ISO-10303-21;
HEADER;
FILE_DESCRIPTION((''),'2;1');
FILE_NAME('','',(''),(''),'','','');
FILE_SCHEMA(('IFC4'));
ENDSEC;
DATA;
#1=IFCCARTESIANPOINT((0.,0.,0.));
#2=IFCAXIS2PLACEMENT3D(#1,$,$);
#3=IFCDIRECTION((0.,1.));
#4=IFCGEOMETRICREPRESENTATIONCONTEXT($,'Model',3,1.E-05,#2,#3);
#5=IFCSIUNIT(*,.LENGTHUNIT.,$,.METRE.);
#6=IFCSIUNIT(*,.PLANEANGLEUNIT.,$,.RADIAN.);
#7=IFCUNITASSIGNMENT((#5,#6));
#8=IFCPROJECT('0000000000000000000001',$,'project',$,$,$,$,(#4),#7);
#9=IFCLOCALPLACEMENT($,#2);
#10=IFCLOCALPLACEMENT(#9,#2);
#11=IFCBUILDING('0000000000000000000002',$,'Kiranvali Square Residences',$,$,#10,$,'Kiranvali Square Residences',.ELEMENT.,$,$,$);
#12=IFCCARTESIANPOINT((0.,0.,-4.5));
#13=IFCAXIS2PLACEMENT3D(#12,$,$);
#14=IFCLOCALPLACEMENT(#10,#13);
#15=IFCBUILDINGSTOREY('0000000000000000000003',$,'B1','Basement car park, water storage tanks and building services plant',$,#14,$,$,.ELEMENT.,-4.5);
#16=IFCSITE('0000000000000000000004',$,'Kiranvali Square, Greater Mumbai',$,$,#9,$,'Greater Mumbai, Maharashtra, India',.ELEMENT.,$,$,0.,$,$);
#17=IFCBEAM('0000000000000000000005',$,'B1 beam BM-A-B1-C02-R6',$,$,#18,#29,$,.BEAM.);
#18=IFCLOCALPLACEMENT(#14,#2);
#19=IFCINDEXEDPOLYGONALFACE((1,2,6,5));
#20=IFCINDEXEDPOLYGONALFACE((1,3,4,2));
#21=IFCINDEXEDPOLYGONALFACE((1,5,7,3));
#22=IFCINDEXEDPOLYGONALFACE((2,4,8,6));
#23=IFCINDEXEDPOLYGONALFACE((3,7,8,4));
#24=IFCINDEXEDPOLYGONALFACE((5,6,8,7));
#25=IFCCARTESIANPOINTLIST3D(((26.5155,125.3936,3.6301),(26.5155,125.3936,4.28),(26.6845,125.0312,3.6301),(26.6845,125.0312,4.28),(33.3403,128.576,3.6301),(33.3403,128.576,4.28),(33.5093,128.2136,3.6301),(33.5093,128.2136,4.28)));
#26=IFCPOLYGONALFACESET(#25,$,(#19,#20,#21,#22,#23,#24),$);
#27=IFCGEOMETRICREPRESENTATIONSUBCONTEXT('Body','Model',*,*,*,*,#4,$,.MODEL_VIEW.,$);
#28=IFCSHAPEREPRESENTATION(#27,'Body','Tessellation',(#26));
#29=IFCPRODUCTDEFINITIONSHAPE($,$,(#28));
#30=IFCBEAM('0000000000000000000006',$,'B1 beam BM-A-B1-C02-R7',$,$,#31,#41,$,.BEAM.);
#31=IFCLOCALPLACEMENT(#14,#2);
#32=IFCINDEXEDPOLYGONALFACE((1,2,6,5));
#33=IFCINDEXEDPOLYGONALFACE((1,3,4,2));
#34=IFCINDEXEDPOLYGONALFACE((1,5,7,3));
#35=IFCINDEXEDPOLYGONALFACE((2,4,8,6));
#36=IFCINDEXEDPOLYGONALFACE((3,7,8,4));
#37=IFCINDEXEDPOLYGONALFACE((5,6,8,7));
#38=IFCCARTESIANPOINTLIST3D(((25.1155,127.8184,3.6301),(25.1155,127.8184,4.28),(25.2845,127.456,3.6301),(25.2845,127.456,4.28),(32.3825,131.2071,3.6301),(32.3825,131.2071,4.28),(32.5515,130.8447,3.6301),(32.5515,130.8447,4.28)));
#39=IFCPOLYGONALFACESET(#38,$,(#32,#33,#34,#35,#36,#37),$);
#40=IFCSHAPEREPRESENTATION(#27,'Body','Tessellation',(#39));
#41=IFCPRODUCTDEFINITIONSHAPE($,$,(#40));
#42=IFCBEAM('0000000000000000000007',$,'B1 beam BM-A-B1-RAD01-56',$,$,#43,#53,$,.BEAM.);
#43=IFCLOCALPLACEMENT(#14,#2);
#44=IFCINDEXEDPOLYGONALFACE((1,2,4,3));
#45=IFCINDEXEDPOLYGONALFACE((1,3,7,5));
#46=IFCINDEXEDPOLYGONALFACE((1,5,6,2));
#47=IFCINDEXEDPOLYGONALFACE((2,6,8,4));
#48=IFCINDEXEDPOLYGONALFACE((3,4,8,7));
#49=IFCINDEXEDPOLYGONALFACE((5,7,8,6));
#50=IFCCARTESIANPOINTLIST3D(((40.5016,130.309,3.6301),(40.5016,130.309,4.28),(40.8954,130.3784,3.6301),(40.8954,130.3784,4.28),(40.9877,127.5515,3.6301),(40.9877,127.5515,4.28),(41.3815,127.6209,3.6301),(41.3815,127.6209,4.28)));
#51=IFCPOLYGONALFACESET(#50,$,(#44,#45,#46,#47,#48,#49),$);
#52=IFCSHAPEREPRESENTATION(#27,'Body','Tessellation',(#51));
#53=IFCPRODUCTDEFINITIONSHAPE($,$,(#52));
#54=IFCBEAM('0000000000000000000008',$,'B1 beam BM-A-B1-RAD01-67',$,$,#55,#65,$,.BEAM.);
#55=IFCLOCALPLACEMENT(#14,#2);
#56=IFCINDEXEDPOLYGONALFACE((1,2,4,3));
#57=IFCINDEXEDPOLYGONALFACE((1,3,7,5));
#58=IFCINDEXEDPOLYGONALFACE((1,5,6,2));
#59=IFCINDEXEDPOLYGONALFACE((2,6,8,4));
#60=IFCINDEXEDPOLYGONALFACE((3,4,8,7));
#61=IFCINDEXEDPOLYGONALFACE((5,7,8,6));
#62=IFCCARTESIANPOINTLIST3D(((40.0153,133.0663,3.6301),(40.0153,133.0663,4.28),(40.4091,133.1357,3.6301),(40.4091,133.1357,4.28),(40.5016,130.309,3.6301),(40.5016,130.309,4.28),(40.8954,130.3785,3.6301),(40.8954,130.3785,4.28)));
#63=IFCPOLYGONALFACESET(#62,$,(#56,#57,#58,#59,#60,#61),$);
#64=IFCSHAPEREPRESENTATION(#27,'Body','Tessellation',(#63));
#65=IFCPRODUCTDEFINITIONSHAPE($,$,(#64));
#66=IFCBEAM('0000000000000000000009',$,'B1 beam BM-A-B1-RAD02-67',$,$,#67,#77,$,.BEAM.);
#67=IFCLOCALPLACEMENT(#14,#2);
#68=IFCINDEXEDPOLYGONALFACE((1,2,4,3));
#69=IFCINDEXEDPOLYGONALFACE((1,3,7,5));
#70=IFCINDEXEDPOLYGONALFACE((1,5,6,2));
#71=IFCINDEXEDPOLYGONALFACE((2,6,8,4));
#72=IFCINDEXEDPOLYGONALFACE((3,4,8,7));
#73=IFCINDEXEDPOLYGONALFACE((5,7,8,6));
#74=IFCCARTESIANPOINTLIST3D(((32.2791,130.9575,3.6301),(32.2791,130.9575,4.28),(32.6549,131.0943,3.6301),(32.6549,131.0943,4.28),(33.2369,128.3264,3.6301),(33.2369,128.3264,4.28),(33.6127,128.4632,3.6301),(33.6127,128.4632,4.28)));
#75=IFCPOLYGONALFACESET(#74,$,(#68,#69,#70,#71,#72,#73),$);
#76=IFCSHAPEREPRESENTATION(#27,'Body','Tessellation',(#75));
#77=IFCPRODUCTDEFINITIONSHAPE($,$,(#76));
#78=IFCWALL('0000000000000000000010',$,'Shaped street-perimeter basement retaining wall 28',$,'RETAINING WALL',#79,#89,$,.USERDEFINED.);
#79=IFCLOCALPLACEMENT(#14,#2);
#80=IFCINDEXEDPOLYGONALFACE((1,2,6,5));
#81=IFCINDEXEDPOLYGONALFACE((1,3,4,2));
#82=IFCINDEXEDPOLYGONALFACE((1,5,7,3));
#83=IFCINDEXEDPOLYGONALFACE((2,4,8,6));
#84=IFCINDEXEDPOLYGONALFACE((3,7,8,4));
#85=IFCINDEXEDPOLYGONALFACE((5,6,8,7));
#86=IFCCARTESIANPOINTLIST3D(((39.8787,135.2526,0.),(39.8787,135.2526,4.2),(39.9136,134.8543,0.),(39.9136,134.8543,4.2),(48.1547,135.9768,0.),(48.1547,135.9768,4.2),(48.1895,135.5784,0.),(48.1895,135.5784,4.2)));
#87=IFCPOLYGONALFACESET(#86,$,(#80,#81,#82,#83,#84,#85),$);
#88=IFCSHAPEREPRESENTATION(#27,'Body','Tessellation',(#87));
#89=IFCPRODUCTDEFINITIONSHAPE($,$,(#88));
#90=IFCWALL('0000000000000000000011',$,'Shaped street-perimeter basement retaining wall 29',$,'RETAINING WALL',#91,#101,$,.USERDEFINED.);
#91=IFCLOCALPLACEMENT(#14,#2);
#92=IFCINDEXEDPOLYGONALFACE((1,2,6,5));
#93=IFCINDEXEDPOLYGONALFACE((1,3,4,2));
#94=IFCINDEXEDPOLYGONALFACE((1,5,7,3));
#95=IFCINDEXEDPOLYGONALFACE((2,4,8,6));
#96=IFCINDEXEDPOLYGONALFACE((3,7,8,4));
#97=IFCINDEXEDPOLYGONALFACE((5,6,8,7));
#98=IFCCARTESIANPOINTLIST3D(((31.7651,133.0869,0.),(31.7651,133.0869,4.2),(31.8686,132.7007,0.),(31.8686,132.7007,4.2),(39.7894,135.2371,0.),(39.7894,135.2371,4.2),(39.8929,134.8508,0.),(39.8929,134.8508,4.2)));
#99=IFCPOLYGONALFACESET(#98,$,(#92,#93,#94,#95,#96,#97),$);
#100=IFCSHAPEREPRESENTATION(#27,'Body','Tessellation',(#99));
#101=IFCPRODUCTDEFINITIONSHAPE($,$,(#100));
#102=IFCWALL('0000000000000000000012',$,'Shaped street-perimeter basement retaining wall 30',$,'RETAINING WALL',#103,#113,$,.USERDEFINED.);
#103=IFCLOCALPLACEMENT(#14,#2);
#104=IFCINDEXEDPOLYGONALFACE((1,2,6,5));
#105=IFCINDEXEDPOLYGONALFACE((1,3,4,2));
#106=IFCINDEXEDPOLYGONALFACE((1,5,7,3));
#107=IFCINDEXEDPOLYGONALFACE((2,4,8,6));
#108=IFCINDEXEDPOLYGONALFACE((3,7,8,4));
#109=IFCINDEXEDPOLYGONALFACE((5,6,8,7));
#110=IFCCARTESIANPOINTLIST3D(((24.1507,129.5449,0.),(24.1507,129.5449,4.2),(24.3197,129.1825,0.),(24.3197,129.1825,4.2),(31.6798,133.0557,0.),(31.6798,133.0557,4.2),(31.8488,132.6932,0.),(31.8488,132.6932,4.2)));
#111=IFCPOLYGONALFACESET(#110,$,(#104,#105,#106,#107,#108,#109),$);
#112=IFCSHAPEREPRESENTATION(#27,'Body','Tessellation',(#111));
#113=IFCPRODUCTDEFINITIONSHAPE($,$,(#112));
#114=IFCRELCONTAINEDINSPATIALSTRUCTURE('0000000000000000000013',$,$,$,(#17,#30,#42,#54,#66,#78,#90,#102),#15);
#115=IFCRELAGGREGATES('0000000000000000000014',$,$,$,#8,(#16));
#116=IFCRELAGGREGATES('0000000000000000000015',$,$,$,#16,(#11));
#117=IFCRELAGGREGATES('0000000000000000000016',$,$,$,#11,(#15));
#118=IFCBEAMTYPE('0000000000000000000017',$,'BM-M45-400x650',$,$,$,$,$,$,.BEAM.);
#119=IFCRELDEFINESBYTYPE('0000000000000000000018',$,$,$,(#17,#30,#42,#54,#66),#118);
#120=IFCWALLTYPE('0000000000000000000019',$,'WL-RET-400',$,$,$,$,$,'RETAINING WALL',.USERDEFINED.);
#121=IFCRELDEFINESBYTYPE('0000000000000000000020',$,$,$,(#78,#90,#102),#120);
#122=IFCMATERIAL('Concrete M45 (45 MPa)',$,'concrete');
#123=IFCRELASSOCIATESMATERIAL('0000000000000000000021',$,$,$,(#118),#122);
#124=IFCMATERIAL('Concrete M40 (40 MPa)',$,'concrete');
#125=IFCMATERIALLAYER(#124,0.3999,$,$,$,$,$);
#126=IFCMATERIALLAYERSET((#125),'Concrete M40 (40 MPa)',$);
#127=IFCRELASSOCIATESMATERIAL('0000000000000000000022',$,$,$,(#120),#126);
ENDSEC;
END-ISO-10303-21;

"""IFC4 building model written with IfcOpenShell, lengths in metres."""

from ifc_helpers import new_model, si_unit, direction, frame, frame_2d, origin, origin_2d, place, context, subcontext, project, spatial, rectangle, extrude, material, layer, layer_set, material_profile, profile_set, type_object, element, save


model = new_model("IFC4")

# Units and contexts
model_context = context("Model", 3, precision=1e-05, world=origin(), true_north=direction((0.0, 1.0)))
body_context = subcontext(model_context, "Body", "Model", "MODEL_VIEW")
ifc_project = project(units=[si_unit("LENGTHUNIT", "METRE"), si_unit("PLANEANGLEUNIT", "RADIAN")], contexts=[model_context])

# Site, building, storey
site_placement = place(None, origin())
site = spatial("IfcSite", under=ifc_project, at=site_placement, Name="Kiranvali Square, Greater Mumbai", LongName="Greater Mumbai, Maharashtra, India", CompositionType="ELEMENT", RefElevation=0.0)
building_placement = place(site_placement, origin())
building = spatial("IfcBuilding", under=site, at=building_placement, Name="Kiranvali Square Residences", LongName="Kiranvali Square Residences", CompositionType="ELEMENT")
storey_placement = place(building_placement, frame((0.0, 0.0, -4.5)))
storey = spatial("IfcBuildingStorey", under=building, at=storey_placement, Name="B1", Description="Basement car park, water storage tanks and building services plant", CompositionType="ELEMENT", Elevation=-4.5)

# Shared definitions
ifc_material_1 = material(Name="Concrete M40 (40 MPa)", Category="concrete")

# Beams
ifc_material_2 = material(Name="Concrete M45 (45 MPa)", Category="concrete")
ifc_material_profile_1 = material_profile(ifc_material_2, rectangle(XDim=0.3999, YDim=0.6499, at=origin_2d()), Name="RC 400x650")
ifc_profile_set_1 = profile_set([ifc_material_profile_1], Name="Concrete M45 (45 MPa)")
beam_type = type_object("IfcBeamType", Name="BM-M45-400x650", PredefinedType="BEAM", material=ifc_profile_set_1)
beam_1_placement = place(storey_placement, frame((33.4248, 128.3948, 3.9551), z_axis=(-0.90631, -0.422614, 0.0), x_axis=(0.422614, -0.90631, 0.0)))
element("IfcBeam", 1, at=beam_1_placement, inside=storey, type_object=beam_type, Name="B1 beam BM-A-B1-C02-R6", PredefinedType="BEAM", context=body_context, shape_type="SweptSolid", body=[
    extrude(rectangle(XDim=0.3999, YDim=0.6499, at=origin_2d()), origin(), (0.0, 0.0, 1.0), 7.5303),
])
beam_2_placement = place(storey_placement, frame((32.467, 131.0259, 3.9551), z_axis=(-0.906309, -0.422615, 0.0), x_axis=(0.422615, -0.906309, 0.0)))
element("IfcBeam", 2, at=beam_2_placement, inside=storey, type_object=beam_type, Name="B1 beam BM-A-B1-C02-R7", PredefinedType="BEAM", context=body_context, shape_type="SweptSolid", body=[
    extrude(rectangle(XDim=0.3999, YDim=0.6499, at=origin_2d()), origin(), (0.0, 0.0, 1.0), 8.0183),
])
beam_3_placement = place(storey_placement, frame((41.1846, 127.5862, 3.9551), z_axis=(-0.173596, 0.984817, 0.0), x_axis=(-0.984817, -0.173596, 0.0)))
element("IfcBeam", 3, at=beam_3_placement, inside=storey, type_object=beam_type, Name="B1 beam BM-A-B1-RAD01-56", PredefinedType="BEAM", context=body_context, shape_type="SweptSolid", body=[
    extrude(rectangle(XDim=0.3999, YDim=0.6499, at=origin_2d()), origin(), (0.0, 0.0, 1.0), 2.8),
])
beam_4_placement = place(storey_placement, frame((40.6985, 130.3438, 3.9551), z_axis=(-0.173696, 0.984799, 0.0), x_axis=(-0.984799, -0.173696, 0.0)))
element("IfcBeam", 4, at=beam_4_placement, inside=storey, type_object=beam_type, Name="B1 beam BM-A-B1-RAD01-67", PredefinedType="BEAM", context=body_context, shape_type="SweptSolid", body=[
    extrude(rectangle(XDim=0.3999, YDim=0.6499, at=origin_2d()), origin(), (0.0, 0.0, 1.0), 2.7998),
])
beam_5_placement = place(storey_placement, frame((33.4248, 128.3948, 3.9551), z_axis=(-0.342058, 0.939679, 0.0), x_axis=(-0.939679, -0.342058, 0.0)))
element("IfcBeam", 5, at=beam_5_placement, inside=storey, type_object=beam_type, Name="B1 beam BM-A-B1-RAD02-67", PredefinedType="BEAM", context=body_context, shape_type="SweptSolid", body=[
    extrude(rectangle(XDim=0.3999, YDim=0.6499, at=origin_2d()), origin(), (0.0, 0.0, 1.0), 2.8),
])

# Walls
ifc_layer = layer(ifc_material_1, 0.3999)
ifc_layer_set = layer_set([ifc_layer], Name="Concrete M40 (40 MPa)")
wall_type = type_object("IfcWallType", Name="WL-RET-400", ElementType="RETAINING WALL", PredefinedType="USERDEFINED", material=ifc_layer_set)
wall_placement = place(storey_placement, frame((48.1721, 135.7776, 0.0), z_axis=(0.0, 0.0, 1.0), x_axis=(-0.996194, -0.087165, 0.0)))
element("IfcWall", 6, at=wall_placement, inside=storey, type_object=wall_type, Name="Shaped street-perimeter basement retaining wall 28", ObjectType="RETAINING WALL", PredefinedType="USERDEFINED", context=body_context, shape_type="SweptSolid", body=[
    extrude(rectangle(XDim=8.3076, YDim=0.3999, at=frame_2d((4.1538, 0.0))), origin(), (0.0, 0.0, 1.0), 4.2),
])
for number, where, z_axis, x_axis, name in (
    (7, (39.8413, 135.0439, 0.0), (0.0, 0.0, 1.0), (-0.965925, -0.25882, 0.0), "Shaped street-perimeter basement retaining wall 29"),
    (8, (31.7644, 132.8745, 0.0), (0.0, 0.0, 1.0), (-0.906313, -0.422607, 0.0), "Shaped street-perimeter basement retaining wall 30"),
):
    element("IfcWall", number, at=place(storey_placement, frame(where, z_axis=z_axis, x_axis=x_axis)), inside=storey, type_object=wall_type, Name=name, ObjectType="RETAINING WALL", PredefinedType="USERDEFINED", context=body_context, shape_type="SweptSolid", body=[
        extrude(rectangle(XDim=8.3074, YDim=0.3999, at=frame_2d((4.1538, 0.0))), origin(), (0.0, 0.0, 1.0), 4.2),
    ])

save(model, "model.ifc")
